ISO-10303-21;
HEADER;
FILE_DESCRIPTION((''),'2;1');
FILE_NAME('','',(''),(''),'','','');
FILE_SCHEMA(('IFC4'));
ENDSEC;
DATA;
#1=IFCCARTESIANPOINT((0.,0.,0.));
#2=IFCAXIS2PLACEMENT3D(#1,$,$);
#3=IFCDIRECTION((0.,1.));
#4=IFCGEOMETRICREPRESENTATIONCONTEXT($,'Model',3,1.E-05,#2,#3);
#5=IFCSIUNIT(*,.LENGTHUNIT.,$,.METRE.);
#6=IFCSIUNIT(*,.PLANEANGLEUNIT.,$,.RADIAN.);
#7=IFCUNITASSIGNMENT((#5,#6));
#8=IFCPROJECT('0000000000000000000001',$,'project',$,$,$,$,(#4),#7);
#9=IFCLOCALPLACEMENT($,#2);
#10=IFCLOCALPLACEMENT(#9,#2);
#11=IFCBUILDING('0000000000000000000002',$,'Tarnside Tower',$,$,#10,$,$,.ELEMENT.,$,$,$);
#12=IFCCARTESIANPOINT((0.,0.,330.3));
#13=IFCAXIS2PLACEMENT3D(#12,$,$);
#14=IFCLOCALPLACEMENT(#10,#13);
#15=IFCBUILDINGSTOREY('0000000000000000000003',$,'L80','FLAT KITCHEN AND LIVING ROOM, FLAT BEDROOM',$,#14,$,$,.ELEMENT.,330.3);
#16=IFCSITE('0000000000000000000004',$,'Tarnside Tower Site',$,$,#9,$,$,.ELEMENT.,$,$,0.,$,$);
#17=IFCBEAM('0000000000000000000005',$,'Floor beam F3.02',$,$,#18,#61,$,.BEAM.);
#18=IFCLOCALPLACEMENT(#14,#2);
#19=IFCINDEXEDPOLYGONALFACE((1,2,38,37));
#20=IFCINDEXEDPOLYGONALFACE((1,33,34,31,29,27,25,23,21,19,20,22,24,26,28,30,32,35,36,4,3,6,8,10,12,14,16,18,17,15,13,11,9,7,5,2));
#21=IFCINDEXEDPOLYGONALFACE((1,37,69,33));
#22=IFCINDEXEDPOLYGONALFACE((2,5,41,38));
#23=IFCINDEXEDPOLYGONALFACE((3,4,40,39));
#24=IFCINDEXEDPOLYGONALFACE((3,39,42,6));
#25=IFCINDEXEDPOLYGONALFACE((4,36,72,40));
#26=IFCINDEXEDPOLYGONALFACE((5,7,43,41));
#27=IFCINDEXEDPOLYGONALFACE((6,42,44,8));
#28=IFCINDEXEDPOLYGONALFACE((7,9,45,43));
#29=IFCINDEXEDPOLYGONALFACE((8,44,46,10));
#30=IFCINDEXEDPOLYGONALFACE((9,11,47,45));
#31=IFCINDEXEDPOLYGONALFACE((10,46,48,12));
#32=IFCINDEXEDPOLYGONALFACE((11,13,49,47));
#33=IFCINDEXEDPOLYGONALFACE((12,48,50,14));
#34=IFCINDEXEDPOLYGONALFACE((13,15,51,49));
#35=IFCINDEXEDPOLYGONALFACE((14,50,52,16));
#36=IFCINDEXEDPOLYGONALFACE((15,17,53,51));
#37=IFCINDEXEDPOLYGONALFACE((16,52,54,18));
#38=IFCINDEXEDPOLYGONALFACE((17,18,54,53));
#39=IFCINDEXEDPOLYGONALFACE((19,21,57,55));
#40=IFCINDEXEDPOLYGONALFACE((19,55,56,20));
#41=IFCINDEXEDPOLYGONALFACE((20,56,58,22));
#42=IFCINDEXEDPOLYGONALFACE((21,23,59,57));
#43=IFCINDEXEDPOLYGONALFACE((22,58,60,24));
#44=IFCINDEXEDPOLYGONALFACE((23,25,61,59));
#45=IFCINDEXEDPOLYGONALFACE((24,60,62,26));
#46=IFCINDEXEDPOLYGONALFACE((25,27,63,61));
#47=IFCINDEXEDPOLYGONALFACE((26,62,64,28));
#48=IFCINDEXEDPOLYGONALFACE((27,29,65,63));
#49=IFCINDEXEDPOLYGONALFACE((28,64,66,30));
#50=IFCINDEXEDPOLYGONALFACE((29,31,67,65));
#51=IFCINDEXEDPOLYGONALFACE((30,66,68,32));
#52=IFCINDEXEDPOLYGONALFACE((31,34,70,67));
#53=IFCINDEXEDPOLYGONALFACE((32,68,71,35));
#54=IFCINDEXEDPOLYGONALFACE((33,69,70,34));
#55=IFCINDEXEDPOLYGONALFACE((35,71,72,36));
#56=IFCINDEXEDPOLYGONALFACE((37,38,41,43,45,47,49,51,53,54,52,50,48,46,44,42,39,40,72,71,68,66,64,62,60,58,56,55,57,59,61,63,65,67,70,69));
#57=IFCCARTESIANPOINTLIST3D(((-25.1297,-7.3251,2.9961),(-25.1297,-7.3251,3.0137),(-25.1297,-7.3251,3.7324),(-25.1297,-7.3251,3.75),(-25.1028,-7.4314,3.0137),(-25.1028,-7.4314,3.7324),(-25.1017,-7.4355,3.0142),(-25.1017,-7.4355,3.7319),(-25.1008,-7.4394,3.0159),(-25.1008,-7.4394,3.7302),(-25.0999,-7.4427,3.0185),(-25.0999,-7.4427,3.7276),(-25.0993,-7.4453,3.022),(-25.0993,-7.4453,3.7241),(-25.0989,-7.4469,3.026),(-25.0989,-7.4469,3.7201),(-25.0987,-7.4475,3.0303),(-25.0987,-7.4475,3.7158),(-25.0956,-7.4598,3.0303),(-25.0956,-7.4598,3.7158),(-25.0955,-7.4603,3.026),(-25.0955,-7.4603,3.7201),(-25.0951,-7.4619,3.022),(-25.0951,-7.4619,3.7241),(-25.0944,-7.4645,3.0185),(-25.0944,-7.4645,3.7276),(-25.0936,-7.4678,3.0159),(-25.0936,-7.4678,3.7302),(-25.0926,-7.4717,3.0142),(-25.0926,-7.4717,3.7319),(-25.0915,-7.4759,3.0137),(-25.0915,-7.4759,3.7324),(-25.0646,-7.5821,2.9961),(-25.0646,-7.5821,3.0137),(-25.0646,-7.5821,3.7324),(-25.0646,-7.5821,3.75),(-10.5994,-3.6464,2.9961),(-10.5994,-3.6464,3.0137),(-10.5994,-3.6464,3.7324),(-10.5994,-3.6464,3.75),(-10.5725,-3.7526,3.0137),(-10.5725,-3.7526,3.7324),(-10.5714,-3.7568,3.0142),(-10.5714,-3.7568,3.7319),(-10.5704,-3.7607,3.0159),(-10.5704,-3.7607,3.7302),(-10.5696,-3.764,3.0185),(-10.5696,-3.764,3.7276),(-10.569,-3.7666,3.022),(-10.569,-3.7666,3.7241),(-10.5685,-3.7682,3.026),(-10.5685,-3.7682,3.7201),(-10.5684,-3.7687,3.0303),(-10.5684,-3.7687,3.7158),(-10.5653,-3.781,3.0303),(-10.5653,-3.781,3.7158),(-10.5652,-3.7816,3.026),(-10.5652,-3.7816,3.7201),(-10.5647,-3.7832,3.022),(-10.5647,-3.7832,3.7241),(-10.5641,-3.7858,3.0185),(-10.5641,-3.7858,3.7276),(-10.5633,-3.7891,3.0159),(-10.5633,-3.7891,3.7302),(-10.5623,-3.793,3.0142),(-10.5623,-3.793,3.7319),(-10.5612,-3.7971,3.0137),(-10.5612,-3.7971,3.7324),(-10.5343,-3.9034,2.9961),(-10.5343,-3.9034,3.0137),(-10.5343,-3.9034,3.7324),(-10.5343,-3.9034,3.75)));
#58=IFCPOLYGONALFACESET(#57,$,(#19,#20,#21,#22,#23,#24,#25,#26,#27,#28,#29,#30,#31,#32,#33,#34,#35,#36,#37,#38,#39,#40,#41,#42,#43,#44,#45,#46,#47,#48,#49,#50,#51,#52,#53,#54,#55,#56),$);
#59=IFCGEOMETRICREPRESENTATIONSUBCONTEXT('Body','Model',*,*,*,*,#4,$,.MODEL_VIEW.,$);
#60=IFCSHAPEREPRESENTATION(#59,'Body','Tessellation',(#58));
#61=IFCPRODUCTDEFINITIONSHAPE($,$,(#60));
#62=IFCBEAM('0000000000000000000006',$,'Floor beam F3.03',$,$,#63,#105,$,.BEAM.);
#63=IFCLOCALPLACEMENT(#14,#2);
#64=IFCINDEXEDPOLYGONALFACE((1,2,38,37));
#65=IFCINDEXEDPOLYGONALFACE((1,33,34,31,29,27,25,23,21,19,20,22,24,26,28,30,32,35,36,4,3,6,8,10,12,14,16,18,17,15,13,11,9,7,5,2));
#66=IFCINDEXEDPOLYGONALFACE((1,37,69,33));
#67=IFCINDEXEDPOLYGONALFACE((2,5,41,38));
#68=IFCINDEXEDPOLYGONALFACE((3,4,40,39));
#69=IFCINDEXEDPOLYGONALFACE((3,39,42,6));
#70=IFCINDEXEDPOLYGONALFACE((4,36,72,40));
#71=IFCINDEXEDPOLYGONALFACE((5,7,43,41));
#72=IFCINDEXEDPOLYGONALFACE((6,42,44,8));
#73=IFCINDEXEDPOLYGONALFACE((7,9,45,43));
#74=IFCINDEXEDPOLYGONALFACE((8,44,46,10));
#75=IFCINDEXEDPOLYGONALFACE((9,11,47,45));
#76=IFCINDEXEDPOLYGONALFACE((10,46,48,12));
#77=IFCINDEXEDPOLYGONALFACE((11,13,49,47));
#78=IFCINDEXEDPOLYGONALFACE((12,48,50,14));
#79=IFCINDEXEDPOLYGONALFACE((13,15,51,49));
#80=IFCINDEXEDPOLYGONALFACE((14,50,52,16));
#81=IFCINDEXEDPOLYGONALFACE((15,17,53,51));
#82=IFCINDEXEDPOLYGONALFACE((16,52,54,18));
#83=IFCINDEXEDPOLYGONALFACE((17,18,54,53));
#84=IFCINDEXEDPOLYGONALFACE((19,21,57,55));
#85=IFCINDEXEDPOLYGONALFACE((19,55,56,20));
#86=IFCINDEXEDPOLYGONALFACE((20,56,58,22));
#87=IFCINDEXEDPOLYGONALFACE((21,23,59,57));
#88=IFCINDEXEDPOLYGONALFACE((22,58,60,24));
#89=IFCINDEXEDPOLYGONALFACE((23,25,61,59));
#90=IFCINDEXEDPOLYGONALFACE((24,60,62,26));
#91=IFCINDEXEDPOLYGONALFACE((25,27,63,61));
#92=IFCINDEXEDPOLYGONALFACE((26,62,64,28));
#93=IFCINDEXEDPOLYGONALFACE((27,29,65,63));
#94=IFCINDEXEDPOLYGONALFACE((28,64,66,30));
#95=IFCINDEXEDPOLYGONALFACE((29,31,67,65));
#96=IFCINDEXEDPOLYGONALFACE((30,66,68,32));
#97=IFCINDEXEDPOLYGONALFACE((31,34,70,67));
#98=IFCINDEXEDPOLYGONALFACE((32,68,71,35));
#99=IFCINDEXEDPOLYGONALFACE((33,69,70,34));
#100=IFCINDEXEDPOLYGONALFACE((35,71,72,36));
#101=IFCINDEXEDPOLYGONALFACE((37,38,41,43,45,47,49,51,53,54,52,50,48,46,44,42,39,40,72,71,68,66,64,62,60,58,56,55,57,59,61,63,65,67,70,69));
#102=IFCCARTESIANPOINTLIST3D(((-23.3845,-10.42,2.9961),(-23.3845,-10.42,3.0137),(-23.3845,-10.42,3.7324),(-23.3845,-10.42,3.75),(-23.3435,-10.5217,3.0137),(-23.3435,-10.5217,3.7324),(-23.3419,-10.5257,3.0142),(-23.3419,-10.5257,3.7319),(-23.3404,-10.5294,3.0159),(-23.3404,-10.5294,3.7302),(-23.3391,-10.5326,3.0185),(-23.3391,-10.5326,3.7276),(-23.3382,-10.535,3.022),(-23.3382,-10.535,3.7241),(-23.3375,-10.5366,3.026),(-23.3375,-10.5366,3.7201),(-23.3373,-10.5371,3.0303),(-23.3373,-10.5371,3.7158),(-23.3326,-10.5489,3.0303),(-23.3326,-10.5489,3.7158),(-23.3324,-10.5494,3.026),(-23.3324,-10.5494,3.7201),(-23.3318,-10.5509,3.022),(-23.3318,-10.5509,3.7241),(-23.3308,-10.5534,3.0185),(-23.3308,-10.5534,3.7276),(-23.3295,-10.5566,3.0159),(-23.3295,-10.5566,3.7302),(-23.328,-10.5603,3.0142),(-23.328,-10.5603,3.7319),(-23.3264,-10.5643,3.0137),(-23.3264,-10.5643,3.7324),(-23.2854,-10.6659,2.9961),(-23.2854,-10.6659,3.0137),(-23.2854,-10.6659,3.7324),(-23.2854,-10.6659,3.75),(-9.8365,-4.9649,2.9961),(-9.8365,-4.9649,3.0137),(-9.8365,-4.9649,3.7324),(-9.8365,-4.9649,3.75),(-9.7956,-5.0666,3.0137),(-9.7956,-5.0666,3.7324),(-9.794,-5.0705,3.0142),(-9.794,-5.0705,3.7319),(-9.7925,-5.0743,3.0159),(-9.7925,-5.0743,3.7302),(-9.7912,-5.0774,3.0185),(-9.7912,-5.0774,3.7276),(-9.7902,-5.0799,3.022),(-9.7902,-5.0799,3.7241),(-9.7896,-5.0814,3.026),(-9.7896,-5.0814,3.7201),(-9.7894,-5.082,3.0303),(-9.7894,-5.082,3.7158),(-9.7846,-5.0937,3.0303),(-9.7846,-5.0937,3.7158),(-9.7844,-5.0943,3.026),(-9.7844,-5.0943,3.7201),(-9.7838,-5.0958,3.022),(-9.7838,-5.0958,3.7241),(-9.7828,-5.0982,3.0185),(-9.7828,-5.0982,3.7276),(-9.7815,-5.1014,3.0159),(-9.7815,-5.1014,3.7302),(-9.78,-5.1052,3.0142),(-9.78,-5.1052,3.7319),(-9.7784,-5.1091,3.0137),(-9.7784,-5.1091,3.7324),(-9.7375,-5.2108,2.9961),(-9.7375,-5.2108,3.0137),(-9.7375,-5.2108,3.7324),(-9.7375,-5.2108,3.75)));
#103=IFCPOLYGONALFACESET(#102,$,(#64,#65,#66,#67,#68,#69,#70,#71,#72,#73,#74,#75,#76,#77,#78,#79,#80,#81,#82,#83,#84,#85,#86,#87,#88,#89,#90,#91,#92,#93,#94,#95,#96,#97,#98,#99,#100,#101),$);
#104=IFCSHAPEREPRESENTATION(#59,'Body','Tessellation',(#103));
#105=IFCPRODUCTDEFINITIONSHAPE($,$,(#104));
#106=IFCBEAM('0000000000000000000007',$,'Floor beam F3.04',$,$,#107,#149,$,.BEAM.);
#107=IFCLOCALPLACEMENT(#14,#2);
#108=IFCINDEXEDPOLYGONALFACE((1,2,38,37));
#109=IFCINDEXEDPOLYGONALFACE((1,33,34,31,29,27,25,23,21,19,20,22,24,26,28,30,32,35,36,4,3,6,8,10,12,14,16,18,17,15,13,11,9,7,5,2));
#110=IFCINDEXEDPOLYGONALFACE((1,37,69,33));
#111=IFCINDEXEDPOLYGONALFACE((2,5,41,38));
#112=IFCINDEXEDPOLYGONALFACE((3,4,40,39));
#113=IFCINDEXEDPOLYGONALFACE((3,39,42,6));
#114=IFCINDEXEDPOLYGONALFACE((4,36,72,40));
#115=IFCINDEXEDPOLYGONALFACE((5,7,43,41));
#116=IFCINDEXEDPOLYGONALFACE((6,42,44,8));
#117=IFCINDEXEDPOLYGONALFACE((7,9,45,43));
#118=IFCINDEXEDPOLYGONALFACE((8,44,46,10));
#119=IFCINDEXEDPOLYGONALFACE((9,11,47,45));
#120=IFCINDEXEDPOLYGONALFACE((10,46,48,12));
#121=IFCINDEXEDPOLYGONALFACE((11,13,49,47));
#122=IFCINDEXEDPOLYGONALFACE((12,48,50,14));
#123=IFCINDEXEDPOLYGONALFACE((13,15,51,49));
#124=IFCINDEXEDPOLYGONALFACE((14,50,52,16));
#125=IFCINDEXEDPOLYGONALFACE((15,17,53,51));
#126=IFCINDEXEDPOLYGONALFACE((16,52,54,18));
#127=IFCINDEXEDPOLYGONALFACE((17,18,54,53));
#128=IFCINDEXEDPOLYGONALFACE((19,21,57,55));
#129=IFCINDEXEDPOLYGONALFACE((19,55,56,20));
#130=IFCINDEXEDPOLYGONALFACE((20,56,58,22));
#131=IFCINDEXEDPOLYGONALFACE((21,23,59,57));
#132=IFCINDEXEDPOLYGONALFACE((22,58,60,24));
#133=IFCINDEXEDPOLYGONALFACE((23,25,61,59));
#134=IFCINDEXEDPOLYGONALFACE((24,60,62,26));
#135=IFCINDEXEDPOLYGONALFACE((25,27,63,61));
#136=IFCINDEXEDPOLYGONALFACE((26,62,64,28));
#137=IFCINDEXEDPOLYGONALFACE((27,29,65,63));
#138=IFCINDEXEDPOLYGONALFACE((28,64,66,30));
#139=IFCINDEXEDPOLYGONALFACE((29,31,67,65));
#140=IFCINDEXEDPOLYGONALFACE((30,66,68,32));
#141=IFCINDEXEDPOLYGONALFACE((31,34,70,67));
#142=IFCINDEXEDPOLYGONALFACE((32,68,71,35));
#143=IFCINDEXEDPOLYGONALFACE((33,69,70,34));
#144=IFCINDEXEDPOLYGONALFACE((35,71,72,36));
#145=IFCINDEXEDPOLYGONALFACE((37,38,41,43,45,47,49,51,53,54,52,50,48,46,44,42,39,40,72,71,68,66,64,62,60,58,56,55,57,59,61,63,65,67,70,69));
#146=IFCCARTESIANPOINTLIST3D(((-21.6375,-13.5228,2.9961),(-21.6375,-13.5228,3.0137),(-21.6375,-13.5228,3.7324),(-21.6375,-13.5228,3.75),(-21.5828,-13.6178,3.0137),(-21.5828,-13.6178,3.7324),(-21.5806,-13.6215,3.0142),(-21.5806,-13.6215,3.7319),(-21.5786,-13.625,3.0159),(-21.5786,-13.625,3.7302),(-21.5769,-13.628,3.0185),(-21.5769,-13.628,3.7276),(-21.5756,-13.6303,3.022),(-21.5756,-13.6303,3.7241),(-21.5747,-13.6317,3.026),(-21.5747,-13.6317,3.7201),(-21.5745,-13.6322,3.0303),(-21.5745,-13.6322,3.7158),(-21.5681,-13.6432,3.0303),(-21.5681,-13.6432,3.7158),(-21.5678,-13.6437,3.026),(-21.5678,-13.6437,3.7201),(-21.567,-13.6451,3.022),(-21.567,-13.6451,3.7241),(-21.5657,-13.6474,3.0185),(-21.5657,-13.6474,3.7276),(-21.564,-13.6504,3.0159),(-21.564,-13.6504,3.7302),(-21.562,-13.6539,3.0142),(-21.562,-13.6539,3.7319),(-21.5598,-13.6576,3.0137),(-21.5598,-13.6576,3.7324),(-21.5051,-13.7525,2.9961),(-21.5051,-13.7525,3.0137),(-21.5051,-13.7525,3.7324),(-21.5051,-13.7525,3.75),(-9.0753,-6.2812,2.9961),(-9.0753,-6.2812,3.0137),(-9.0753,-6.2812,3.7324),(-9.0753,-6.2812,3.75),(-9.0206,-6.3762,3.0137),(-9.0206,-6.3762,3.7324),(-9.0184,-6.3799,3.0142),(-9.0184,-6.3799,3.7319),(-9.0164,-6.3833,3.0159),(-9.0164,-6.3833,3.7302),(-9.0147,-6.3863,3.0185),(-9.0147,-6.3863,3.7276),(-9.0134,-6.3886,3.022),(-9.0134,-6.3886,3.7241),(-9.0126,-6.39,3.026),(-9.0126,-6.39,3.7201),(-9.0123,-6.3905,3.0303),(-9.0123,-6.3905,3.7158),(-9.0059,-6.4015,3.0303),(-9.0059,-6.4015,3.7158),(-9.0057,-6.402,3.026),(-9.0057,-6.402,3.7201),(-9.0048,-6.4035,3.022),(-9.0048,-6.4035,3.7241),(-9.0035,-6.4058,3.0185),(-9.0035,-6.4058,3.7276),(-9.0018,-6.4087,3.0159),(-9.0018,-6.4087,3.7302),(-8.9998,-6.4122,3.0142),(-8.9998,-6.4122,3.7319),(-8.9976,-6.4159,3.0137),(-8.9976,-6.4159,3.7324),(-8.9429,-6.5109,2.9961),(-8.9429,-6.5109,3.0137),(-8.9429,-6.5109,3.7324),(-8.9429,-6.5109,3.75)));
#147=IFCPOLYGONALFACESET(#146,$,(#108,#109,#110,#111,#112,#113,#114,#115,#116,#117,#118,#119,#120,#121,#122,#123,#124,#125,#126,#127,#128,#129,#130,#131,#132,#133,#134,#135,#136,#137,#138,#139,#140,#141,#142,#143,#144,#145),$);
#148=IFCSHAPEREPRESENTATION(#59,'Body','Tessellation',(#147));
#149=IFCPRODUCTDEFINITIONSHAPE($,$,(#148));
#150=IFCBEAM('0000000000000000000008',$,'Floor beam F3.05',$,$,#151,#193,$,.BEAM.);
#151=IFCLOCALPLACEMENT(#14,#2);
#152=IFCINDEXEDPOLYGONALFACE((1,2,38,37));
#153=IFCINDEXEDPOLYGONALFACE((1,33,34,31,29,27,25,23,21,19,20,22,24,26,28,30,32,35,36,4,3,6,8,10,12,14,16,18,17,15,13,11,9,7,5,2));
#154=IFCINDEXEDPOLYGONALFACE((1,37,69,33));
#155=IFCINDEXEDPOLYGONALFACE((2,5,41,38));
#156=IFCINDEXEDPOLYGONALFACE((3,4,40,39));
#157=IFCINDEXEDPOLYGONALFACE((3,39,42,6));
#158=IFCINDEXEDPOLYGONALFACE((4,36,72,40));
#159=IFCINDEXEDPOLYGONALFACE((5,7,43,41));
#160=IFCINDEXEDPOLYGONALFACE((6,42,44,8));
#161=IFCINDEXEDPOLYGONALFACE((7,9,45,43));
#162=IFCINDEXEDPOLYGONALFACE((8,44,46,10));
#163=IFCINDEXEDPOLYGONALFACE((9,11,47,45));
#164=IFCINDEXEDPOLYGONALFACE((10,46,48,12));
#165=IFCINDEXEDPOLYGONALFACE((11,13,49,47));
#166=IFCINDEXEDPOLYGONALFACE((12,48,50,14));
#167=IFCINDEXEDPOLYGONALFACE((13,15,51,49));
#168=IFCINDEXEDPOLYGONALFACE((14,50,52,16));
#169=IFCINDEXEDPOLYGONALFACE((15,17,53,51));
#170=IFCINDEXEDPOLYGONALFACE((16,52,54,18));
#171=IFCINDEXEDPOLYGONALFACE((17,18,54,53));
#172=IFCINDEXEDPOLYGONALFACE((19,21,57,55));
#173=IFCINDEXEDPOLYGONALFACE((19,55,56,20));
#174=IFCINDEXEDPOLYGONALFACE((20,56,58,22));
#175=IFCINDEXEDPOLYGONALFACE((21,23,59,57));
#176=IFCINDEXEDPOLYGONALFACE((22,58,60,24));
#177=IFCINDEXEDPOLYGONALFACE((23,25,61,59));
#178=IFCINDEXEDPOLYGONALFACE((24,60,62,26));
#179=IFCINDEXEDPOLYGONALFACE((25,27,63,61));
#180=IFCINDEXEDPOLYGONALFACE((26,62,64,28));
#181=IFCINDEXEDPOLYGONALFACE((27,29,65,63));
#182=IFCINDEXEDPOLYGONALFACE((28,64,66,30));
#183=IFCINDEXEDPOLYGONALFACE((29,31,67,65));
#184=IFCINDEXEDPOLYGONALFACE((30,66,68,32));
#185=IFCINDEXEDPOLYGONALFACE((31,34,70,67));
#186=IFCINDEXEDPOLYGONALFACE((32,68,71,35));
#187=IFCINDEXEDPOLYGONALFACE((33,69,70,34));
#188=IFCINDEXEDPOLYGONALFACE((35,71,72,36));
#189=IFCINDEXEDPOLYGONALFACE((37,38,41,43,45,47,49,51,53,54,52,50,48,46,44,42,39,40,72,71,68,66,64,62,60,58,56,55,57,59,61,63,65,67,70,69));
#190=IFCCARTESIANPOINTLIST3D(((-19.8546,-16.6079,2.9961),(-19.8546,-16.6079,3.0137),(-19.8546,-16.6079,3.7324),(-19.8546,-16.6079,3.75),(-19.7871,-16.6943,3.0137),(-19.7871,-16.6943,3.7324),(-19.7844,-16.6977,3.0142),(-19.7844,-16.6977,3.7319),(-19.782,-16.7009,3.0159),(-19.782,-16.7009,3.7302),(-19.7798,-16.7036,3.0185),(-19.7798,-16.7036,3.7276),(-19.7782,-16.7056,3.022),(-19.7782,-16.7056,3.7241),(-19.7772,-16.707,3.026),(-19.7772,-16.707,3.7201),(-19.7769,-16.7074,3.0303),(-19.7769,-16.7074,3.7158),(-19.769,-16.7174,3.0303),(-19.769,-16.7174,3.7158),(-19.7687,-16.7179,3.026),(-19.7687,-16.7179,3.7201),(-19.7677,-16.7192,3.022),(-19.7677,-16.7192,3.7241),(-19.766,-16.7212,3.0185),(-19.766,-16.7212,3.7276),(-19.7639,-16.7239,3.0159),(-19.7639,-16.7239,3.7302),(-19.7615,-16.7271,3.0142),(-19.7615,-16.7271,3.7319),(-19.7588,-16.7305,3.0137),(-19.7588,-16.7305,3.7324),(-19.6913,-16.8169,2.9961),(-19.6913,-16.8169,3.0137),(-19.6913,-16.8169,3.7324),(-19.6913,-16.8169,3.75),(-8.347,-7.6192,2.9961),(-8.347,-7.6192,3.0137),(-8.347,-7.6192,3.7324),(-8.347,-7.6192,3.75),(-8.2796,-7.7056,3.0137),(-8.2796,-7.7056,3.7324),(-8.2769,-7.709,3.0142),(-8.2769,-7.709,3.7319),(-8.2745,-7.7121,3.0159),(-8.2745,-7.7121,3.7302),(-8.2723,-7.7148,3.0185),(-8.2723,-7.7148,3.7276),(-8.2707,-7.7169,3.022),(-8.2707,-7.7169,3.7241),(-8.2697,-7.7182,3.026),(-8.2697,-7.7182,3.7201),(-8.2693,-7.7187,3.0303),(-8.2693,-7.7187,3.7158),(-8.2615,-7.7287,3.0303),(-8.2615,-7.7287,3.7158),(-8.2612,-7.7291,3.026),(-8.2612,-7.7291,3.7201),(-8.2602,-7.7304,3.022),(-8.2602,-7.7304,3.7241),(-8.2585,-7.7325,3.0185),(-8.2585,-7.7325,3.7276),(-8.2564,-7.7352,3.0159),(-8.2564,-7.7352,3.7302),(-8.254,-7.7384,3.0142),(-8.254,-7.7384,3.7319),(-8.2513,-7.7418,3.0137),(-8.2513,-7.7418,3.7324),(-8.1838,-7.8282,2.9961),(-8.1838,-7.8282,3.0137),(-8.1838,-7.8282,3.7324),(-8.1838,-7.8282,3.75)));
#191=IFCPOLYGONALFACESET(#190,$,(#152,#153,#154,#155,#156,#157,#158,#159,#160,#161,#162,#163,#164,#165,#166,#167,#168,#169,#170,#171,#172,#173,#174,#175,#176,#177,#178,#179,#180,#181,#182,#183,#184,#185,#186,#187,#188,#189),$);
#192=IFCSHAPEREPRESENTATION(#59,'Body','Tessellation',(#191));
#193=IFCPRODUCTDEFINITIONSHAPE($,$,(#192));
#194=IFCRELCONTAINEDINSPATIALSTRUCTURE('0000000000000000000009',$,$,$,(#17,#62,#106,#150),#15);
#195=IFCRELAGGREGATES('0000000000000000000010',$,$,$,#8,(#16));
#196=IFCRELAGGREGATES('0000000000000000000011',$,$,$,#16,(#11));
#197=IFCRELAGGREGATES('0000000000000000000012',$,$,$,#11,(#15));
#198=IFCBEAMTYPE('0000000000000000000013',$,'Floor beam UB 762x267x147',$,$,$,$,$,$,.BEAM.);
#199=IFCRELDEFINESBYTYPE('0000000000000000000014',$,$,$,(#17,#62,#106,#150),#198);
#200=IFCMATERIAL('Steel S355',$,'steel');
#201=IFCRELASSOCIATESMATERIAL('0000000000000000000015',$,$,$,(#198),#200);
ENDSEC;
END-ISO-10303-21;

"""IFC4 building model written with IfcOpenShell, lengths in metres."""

from ifc_helpers import new_model, si_unit, direction, frame, origin, origin_2d, place, context, subcontext, project, spatial, i_section, extrude, material, material_profile, profile_set, type_object, element, save


model = new_model("IFC4")

# Units and contexts
model_context = context("Model", 3, precision=1e-05, world=origin(), true_north=direction((0.0, 1.0)))
body_context = subcontext(model_context, "Body", "Model", "MODEL_VIEW")
ifc_project = project(units=[si_unit("LENGTHUNIT", "METRE"), si_unit("PLANEANGLEUNIT", "RADIAN")], contexts=[model_context])

# Site, building, storey
site_placement = place(None, origin())
site = spatial("IfcSite", under=ifc_project, at=site_placement, Name="Tarnside Tower Site", CompositionType="ELEMENT", RefElevation=0.0)
building_placement = place(site_placement, origin())
building = spatial("IfcBuilding", under=site, at=building_placement, Name="Tarnside Tower", CompositionType="ELEMENT")
storey_placement = place(building_placement, frame((0.0, 0.0, 330.3)))
storey = spatial("IfcBuildingStorey", under=building, at=storey_placement, Name="L80", Description="FLAT KITCHEN AND LIVING ROOM, FLAT BEDROOM", CompositionType="ELEMENT", Elevation=330.3)

# Beams
ifc_material_1 = material(Name="Steel S355", Category="steel")
ifc_material_profile_1 = material_profile(ifc_material_1, i_section(OverallWidth=0.2651, OverallDepth=0.7539, WebThickness=0.0127, FlangeThickness=0.0176, FilletRadius=0.0166, at=origin_2d()), Name="UB 762x267x147")
ifc_profile_set_1 = profile_set([ifc_material_profile_1], Name="Steel S355")
beam_type_1 = type_object("IfcBeamType", Name="Floor beam UB 762x267x147", PredefinedType="BEAM", material=ifc_profile_set_1)
beam_1_placement = place(storey_placement, frame((-25.0972, -7.4536, 3.373), z_axis=(0.969414, 0.245432, 0.0), x_axis=(-0.245432, 0.969414, 0.0)))
element("IfcBeam", 1, at=beam_1_placement, inside=storey, type_object=beam_type_1, Name="Floor beam F3.02", PredefinedType="BEAM", context=body_context, shape_type="SweptSolid", body=[
    extrude(i_section(OverallWidth=0.2651, OverallDepth=0.7539, WebThickness=0.0127, FlangeThickness=0.0176, FilletRadius=0.0166, at=origin_2d()), origin(), (0.0, 0.0, 1.0), 14.9888),
])
beam_2_placement = place(storey_placement, frame((-23.335, -10.543, 3.373), z_axis=(0.927626, 0.373511, 0.0), x_axis=(-0.373511, 0.927626, 0.0)))
element("IfcBeam", 2, at=beam_2_placement, inside=storey, type_object=beam_type_1, Name="Floor beam F3.03", PredefinedType="BEAM", context=body_context, shape_type="SweptSolid", body=[
    extrude(i_section(OverallWidth=0.2651, OverallDepth=0.7539, WebThickness=0.0127, FlangeThickness=0.0176, FilletRadius=0.0166, at=origin_2d()), origin(), (0.0, 0.0, 1.0), 14.605),
])
beam_3_placement = place(storey_placement, frame((-21.5713, -13.6377, 3.373), z_axis=(0.866357, 0.499425, 0.0), x_axis=(-0.499425, 0.866357, 0.0)))
element("IfcBeam", 3, at=beam_3_placement, inside=storey, type_object=beam_type_1, Name="Floor beam F3.04", PredefinedType="BEAM", context=body_context, shape_type="SweptSolid", body=[
    extrude(i_section(OverallWidth=0.2651, OverallDepth=0.7539, WebThickness=0.0127, FlangeThickness=0.0176, FilletRadius=0.0166, at=origin_2d()), origin(), (0.0, 0.0, 1.0), 14.5),
])
beam_4_placement = place(storey_placement, frame((-19.7729, -16.7124, 3.373), z_axis=(0.788075, 0.615579, 0.0), x_axis=(-0.615579, 0.788075, 0.0)))
element("IfcBeam", 4, at=beam_4_placement, inside=storey, type_object=beam_type_1, Name="Floor beam F3.05", PredefinedType="BEAM", context=body_context, shape_type="SweptSolid", body=[
    extrude(i_section(OverallWidth=0.2651, OverallDepth=0.7539, WebThickness=0.0127, FlangeThickness=0.0176, FilletRadius=0.0166, at=origin_2d()), origin(), (0.0, 0.0, 1.0), 14.6021),
])

save(model, "model.ifc")
